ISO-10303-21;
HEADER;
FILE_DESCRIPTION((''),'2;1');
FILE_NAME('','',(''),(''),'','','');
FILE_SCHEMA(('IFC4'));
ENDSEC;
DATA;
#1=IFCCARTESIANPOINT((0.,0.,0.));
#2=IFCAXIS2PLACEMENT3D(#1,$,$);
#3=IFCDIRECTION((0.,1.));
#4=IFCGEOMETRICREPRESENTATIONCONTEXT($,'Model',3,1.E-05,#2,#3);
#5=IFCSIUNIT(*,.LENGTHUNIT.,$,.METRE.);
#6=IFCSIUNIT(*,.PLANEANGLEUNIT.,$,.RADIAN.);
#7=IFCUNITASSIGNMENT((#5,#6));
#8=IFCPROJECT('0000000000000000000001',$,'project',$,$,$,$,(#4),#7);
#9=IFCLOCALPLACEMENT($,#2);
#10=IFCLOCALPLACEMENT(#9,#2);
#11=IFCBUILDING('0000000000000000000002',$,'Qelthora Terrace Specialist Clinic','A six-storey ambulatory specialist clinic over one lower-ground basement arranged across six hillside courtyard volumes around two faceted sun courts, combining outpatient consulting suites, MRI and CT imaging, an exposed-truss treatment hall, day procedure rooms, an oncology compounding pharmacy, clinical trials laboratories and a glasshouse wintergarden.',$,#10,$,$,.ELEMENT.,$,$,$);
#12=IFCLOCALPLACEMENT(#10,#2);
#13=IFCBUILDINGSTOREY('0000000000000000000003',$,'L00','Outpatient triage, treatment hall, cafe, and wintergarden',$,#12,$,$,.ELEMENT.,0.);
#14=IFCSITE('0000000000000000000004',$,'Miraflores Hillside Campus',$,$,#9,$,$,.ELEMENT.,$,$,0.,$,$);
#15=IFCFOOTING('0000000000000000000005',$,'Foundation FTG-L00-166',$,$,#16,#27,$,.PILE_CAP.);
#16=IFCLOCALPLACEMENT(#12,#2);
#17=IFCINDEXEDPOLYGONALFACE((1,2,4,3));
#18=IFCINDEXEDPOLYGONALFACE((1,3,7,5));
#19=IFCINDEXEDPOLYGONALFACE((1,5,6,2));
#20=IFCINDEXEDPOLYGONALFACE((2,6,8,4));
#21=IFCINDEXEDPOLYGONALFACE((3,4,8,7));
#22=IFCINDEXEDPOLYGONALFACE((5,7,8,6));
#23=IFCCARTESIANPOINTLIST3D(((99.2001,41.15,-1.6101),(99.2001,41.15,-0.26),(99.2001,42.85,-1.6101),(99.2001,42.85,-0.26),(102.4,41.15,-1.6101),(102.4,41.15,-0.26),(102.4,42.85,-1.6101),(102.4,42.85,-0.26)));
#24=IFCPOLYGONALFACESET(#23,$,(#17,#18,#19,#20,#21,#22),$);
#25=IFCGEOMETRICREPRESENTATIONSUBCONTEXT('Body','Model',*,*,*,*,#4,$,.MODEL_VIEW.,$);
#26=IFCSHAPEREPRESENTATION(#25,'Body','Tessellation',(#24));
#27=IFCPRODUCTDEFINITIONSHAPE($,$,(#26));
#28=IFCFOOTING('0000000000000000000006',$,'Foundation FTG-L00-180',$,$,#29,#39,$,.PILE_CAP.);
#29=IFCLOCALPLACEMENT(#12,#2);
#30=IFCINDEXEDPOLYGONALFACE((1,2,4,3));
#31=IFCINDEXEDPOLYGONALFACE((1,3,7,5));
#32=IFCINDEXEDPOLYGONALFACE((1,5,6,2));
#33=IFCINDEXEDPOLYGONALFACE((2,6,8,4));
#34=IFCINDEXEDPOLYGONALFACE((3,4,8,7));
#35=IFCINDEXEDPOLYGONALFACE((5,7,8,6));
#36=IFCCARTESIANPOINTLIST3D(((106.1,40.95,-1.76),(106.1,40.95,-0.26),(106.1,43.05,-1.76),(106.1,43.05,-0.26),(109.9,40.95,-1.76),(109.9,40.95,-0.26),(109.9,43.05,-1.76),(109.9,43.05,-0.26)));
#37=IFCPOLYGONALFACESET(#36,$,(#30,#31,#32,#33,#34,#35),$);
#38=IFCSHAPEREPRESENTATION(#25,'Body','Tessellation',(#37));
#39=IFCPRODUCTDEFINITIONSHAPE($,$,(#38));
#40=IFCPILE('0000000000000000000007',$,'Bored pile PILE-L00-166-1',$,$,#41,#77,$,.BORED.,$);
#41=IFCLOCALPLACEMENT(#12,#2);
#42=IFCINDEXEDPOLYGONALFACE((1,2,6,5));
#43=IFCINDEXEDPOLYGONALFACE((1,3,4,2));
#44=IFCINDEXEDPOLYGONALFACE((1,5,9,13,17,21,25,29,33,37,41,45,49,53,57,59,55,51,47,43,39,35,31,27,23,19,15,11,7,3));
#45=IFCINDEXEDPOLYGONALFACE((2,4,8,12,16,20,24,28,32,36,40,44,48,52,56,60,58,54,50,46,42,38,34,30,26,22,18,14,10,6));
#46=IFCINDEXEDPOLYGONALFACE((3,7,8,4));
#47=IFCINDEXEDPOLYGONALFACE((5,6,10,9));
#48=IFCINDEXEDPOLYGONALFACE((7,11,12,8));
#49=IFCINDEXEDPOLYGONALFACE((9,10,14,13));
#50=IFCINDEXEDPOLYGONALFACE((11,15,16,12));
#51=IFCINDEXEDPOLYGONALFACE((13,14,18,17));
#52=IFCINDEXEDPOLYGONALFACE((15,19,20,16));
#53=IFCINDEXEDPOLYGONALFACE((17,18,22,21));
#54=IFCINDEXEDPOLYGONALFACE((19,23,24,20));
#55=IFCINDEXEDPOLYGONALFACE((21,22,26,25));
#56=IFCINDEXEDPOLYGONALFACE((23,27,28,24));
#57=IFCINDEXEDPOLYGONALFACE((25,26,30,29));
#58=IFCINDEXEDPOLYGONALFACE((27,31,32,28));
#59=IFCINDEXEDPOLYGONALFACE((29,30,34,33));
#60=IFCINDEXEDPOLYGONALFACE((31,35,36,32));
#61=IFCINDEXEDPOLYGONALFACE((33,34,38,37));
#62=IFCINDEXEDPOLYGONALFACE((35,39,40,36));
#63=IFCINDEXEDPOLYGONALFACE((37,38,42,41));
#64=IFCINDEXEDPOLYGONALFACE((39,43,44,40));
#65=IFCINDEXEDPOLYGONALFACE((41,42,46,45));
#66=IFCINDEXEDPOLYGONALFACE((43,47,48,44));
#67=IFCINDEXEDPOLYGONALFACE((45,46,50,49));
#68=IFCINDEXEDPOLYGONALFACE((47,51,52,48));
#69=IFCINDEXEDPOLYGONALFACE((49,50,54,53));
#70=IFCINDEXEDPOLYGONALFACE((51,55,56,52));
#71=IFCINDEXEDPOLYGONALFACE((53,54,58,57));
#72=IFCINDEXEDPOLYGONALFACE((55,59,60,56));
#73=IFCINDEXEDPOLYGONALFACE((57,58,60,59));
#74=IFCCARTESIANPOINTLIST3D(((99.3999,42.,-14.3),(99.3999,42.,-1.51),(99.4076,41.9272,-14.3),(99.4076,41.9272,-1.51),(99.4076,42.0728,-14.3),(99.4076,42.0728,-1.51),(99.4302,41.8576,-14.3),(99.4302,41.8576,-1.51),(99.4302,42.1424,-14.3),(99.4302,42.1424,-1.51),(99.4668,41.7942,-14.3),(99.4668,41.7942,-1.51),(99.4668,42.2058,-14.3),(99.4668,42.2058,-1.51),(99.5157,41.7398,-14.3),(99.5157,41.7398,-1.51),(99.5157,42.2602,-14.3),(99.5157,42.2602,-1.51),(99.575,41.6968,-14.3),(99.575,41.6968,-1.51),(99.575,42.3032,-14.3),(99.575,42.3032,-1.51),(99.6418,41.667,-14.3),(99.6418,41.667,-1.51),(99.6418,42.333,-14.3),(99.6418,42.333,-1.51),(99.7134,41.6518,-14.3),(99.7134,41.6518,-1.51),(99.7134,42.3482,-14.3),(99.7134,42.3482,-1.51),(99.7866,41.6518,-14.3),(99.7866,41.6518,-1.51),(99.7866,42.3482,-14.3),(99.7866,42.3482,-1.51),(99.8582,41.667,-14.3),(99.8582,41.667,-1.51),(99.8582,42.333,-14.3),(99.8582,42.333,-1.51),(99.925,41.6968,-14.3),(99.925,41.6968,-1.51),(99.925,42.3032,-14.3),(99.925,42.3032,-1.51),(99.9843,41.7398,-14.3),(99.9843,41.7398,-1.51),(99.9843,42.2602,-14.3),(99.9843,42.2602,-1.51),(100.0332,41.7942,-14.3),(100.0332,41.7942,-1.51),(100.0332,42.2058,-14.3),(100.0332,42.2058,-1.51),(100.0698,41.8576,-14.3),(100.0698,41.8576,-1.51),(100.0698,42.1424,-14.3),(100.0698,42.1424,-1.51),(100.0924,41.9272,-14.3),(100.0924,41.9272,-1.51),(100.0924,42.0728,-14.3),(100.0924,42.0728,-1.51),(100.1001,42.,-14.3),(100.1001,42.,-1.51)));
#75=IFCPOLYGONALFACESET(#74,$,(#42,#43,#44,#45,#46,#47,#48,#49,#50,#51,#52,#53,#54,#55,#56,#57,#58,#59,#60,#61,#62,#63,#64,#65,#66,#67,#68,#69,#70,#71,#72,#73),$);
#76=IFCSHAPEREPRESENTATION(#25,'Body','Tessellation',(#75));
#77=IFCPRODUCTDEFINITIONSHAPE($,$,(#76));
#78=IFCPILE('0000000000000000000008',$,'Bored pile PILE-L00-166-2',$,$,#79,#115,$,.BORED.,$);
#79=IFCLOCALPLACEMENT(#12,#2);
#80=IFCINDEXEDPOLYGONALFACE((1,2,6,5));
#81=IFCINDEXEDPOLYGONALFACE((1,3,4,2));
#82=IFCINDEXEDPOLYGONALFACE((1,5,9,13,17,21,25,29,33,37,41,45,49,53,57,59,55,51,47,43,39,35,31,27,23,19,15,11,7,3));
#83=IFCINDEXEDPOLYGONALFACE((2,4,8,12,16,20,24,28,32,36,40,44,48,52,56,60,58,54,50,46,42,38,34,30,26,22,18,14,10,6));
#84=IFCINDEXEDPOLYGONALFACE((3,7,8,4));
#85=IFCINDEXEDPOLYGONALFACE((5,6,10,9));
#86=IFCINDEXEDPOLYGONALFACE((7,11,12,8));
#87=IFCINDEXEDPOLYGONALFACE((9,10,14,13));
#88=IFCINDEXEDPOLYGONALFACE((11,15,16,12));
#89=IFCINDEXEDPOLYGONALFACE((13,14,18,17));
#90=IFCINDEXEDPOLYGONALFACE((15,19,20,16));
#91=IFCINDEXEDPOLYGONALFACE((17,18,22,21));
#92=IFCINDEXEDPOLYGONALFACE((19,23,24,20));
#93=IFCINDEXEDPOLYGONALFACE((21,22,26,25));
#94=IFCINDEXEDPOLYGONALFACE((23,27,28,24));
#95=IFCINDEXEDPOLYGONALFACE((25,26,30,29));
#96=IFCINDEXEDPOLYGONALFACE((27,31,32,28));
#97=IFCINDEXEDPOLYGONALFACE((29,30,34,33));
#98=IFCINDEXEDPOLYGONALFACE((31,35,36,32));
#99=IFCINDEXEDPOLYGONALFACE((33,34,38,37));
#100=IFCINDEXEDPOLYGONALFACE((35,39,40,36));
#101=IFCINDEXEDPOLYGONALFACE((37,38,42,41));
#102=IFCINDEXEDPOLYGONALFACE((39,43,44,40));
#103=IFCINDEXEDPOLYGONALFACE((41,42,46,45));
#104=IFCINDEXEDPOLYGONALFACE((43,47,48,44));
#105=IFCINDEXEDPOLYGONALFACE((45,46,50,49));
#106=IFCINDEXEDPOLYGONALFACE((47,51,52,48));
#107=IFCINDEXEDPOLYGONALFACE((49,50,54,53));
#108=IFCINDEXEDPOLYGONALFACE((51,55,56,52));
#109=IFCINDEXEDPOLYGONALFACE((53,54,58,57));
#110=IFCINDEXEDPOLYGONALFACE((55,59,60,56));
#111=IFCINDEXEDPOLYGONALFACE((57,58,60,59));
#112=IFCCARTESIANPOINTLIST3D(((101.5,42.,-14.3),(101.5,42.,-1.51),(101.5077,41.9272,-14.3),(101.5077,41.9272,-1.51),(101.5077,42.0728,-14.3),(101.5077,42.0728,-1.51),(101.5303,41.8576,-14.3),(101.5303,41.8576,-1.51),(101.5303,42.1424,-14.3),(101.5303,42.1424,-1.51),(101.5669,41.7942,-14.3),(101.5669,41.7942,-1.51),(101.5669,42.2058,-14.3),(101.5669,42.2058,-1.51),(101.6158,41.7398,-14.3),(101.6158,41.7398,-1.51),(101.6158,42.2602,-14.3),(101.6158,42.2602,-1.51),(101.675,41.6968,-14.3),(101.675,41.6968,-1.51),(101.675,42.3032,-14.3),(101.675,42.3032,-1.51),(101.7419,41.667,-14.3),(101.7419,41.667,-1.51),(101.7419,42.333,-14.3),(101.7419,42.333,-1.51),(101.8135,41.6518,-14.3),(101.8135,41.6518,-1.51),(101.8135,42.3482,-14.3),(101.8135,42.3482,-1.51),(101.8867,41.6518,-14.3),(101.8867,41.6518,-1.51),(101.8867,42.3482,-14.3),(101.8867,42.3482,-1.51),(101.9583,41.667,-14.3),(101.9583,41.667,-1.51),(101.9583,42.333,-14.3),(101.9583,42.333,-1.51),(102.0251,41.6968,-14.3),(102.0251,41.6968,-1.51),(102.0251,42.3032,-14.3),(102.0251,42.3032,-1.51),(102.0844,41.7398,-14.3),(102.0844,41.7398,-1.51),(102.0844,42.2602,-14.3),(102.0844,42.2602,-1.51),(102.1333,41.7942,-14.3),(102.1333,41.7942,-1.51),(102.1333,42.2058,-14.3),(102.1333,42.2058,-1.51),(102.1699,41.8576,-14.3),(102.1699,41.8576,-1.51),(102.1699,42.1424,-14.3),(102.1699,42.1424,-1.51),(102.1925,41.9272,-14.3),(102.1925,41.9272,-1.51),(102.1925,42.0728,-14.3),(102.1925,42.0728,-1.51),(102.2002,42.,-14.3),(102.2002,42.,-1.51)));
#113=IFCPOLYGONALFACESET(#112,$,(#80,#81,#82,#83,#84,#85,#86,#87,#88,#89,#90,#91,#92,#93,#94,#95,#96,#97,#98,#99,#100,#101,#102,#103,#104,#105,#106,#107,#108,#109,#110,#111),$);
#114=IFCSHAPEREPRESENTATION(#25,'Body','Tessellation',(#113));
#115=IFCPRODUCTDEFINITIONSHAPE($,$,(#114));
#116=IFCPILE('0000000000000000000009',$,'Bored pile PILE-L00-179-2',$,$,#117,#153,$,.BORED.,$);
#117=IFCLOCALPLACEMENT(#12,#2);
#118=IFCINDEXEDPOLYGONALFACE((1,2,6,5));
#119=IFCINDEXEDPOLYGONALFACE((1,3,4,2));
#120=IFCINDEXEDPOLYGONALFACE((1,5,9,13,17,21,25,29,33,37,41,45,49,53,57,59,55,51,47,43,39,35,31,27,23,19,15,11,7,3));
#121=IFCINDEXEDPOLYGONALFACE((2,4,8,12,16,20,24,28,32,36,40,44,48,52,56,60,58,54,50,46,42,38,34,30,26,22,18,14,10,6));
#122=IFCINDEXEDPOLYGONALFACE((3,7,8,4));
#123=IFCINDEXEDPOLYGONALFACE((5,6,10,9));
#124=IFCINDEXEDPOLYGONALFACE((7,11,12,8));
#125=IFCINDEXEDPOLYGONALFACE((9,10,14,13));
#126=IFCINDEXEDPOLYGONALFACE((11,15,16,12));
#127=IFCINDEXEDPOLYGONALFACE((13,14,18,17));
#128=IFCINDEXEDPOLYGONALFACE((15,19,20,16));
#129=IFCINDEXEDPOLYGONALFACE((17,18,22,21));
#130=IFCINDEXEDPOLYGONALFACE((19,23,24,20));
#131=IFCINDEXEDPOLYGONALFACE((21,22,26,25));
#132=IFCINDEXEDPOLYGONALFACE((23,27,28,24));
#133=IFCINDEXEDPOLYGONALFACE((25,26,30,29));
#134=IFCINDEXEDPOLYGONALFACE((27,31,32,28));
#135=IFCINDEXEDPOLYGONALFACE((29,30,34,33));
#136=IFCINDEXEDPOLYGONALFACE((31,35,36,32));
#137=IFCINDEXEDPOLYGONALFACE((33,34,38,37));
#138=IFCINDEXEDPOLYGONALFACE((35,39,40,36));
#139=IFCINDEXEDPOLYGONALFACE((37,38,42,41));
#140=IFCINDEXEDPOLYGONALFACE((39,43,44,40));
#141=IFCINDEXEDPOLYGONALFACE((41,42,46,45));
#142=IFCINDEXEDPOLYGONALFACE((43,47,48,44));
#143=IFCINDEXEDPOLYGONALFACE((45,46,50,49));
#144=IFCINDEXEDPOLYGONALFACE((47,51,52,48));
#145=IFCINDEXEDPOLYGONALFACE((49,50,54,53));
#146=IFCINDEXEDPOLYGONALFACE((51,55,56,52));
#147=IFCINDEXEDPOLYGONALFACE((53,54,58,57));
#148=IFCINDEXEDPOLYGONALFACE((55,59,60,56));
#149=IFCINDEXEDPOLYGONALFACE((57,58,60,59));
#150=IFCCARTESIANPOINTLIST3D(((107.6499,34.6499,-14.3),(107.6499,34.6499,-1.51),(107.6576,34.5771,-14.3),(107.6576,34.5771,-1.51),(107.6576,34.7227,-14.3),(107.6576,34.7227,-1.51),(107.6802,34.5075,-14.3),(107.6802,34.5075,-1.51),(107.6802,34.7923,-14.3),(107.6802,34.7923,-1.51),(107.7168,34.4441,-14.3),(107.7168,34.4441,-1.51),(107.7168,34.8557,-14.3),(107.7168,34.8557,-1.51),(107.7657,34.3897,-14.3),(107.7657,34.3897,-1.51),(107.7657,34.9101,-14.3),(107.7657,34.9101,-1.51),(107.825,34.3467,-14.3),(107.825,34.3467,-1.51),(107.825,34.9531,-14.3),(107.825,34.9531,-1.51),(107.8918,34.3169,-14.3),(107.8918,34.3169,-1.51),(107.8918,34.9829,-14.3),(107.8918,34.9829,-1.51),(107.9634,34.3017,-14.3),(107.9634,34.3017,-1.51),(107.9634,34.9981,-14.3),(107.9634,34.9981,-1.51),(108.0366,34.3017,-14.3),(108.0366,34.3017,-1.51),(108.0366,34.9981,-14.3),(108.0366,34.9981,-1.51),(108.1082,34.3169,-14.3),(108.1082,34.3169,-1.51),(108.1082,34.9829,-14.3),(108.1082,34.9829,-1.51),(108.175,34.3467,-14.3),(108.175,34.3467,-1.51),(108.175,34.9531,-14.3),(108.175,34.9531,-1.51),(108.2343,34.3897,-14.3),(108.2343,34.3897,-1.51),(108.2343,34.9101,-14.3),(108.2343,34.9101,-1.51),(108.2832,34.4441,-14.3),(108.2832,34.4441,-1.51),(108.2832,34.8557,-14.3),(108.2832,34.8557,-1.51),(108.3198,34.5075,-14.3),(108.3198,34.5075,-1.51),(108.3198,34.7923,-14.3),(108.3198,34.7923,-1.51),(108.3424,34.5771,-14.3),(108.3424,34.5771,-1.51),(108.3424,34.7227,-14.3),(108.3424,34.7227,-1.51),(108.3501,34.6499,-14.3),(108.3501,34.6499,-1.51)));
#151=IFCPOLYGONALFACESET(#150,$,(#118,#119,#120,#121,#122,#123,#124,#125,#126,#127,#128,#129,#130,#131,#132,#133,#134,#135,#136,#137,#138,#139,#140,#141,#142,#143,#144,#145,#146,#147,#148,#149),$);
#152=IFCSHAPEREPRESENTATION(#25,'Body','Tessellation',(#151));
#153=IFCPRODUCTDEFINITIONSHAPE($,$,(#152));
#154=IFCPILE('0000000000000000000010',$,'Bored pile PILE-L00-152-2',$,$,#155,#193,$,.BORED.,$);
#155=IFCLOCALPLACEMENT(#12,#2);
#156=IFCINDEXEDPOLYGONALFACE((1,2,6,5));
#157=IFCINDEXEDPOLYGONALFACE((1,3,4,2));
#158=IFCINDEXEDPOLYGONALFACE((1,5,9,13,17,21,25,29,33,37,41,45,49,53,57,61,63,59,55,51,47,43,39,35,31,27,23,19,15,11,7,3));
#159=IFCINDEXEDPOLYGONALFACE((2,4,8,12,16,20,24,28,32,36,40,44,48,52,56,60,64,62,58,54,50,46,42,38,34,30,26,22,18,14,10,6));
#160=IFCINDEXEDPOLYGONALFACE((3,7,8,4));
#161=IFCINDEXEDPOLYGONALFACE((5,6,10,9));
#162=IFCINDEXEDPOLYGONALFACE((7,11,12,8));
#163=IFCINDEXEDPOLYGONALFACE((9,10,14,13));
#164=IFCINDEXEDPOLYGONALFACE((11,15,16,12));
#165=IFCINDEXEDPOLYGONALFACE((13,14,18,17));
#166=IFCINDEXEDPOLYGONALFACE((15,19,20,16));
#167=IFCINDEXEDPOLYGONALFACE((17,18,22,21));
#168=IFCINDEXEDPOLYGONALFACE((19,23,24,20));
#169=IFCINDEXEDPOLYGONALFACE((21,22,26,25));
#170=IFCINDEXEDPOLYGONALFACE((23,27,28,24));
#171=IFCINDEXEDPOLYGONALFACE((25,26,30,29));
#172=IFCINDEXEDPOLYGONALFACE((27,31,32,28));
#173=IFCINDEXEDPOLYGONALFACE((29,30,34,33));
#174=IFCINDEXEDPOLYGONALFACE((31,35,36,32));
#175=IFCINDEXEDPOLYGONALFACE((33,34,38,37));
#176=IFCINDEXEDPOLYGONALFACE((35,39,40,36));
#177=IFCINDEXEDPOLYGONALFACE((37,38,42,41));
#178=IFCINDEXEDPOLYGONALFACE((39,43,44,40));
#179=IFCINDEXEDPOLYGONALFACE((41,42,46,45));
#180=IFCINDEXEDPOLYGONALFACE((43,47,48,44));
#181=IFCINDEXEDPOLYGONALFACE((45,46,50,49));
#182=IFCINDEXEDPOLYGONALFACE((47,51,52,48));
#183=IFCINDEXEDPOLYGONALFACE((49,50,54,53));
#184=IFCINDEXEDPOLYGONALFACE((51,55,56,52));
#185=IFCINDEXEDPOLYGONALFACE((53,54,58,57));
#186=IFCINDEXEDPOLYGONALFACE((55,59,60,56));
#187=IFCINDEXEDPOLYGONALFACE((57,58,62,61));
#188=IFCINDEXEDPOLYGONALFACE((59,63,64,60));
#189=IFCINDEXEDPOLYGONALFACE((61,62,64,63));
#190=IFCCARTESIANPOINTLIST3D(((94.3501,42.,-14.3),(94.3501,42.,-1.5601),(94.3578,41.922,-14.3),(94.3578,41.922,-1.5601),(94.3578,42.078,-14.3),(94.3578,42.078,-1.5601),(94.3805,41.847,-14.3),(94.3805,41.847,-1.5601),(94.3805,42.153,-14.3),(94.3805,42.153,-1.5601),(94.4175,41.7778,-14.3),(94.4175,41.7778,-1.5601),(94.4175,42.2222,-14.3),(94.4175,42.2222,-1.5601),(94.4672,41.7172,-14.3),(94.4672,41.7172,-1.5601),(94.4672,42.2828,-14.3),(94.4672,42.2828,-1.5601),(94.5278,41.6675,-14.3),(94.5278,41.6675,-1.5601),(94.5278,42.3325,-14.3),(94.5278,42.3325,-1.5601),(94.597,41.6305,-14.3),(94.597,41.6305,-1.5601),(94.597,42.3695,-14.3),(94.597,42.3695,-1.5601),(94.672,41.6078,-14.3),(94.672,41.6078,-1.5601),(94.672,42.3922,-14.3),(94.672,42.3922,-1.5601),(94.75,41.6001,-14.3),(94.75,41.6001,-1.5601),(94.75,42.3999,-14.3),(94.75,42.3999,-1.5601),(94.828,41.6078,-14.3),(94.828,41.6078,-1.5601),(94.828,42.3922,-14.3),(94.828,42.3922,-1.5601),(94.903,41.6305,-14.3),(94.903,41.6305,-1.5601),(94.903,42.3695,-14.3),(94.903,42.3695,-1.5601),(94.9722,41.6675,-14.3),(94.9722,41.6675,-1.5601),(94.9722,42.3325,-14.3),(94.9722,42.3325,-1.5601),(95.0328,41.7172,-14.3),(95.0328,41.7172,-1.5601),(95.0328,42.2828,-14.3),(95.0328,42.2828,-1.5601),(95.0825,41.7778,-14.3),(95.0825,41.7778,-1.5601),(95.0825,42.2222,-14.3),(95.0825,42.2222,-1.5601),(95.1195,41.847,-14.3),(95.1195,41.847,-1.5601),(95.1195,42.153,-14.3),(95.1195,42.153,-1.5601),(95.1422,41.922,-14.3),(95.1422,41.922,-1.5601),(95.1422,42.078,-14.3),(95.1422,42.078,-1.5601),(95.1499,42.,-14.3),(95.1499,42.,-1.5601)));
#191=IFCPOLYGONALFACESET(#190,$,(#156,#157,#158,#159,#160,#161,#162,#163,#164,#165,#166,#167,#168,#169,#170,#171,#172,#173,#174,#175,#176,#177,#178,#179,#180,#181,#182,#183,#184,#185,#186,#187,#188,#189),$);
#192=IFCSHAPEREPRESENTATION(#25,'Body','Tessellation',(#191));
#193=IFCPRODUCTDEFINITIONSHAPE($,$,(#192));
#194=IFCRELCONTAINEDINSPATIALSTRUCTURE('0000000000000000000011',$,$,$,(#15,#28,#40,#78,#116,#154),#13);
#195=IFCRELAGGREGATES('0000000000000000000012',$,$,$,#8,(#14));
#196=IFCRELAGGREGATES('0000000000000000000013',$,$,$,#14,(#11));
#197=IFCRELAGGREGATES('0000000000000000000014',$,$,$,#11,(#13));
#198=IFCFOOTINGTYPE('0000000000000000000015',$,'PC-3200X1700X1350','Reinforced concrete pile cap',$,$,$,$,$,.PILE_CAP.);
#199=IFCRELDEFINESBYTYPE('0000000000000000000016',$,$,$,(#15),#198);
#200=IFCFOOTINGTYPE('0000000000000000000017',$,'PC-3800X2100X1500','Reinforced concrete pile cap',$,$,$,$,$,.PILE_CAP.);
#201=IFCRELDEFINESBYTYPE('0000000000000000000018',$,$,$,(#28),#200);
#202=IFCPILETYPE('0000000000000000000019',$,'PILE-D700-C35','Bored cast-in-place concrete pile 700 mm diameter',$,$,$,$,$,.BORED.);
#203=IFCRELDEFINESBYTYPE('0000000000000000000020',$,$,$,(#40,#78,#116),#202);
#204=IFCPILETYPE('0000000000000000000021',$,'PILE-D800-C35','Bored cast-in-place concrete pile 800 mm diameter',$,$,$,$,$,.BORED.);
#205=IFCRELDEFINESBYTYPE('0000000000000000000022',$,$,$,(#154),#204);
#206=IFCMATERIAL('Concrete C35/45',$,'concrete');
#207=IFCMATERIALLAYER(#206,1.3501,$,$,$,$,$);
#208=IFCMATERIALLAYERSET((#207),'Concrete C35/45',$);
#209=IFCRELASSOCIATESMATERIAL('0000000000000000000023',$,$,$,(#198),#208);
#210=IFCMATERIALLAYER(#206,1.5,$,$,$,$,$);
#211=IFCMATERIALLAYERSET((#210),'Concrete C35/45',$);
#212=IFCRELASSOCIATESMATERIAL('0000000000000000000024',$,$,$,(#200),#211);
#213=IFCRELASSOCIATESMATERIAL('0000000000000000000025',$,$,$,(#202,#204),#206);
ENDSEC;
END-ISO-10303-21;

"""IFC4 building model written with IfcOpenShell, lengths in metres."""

from ifc_helpers import new_model, si_unit, direction, frame, origin, origin_2d, place, context, subcontext, project, spatial, rectangle, circle, extrude, material, layer, layer_set, material_profile, profile_set, type_object, element, save


model = new_model("IFC4")

# Units and contexts
model_context = context("Model", 3, precision=1e-05, world=origin(), true_north=direction((0.0, 1.0)))
body_context = subcontext(model_context, "Body", "Model", "MODEL_VIEW")
ifc_project = project(units=[si_unit("LENGTHUNIT", "METRE"), si_unit("PLANEANGLEUNIT", "RADIAN")], contexts=[model_context])

# Site, building, storey
site_placement = place(None, origin())
site = spatial("IfcSite", under=ifc_project, at=site_placement, Name="Miraflores Hillside Campus", CompositionType="ELEMENT", RefElevation=0.0)
building_placement = place(site_placement, origin())
building = spatial("IfcBuilding", under=site, at=building_placement, Name="Qelthora Terrace Specialist Clinic", Description="A six-storey ambulatory specialist clinic over one lower-ground basement arranged across six hillside courtyard volumes around two faceted sun courts, combining outpatient consulting suites, MRI and CT imaging, an exposed-truss treatment hall, day procedure rooms, an oncology compounding pharmacy, clinical trials laboratories and a glasshouse wintergarden.", CompositionType="ELEMENT")
storey_placement = place(building_placement, origin())
storey = spatial("IfcBuildingStorey", under=building, at=storey_placement, Name="L00", Description="Outpatient triage, treatment hall, cafe, and wintergarden", CompositionType="ELEMENT", Elevation=0.0)

# Footings
ifc_material_1 = material(Name="Concrete C35/45", Category="concrete")
ifc_layer_1 = layer(ifc_material_1, 1.3501)
ifc_layer_set_1 = layer_set([ifc_layer_1], Name="Concrete C35/45")
footing_type_1 = type_object("IfcFootingType", Name="PC-3200X1700X1350", Description="Reinforced concrete pile cap", PredefinedType="PILE_CAP", material=ifc_layer_set_1)
footing_1_placement = place(storey_placement, frame((100.8, 42.0, -1.6101), z_axis=(0.0, 0.0, 1.0), x_axis=(1.0, 0.0, 0.0)))
element("IfcFooting", 1, at=footing_1_placement, inside=storey, type_object=footing_type_1, Name="Foundation FTG-L00-166", PredefinedType="PILE_CAP", context=body_context, shape_type="SweptSolid", body=[
    extrude(rectangle(XDim=3.2, YDim=1.7, at=origin_2d()), origin(), (0.0, 0.0, 1.0), 1.3501),
])
ifc_layer_2 = layer(ifc_material_1, 1.5)
ifc_layer_set_2 = layer_set([ifc_layer_2], Name="Concrete C35/45")
footing_type_2 = type_object("IfcFootingType", Name="PC-3800X2100X1500", Description="Reinforced concrete pile cap", PredefinedType="PILE_CAP", material=ifc_layer_set_2)
footing_2_placement = place(storey_placement, frame((108.0, 42.0, -1.76), z_axis=(0.0, 0.0, 1.0), x_axis=(1.0, 0.0, 0.0)))
element("IfcFooting", 2, at=footing_2_placement, inside=storey, type_object=footing_type_2, Name="Foundation FTG-L00-180", PredefinedType="PILE_CAP", context=body_context, shape_type="SweptSolid", body=[
    extrude(rectangle(XDim=3.8, YDim=2.1001, at=origin_2d()), origin(), (0.0, 0.0, 1.0), 1.5),
])

# Piles
ifc_material_profile_1 = material_profile(ifc_material_1, circle(Radius=0.3501, at=origin_2d()), Name="PILE700")
ifc_profile_set_1 = profile_set([ifc_material_profile_1], Name="Concrete C35/45")
pile_type_1 = type_object("IfcPileType", Name="PILE-D700-C35", Description="Bored cast-in-place concrete pile 700 mm diameter", PredefinedType="BORED", material=ifc_profile_set_1)
for number, where, z_axis, x_axis, name in (
    (3, (99.75, 42.0, -1.51), (0.0, 0.0, -1.0), (1.0, 0.0, 0.0), "Bored pile PILE-L00-166-1"),
    (4, (101.8501, 42.0, -1.51), (0.0, 0.0, -1.0), (1.0, 0.0, 0.0), "Bored pile PILE-L00-166-2"),
    (5, (108.0, 34.6499, -1.51), (0.0, 0.0, -1.0), (1.0, 0.0, 0.0), "Bored pile PILE-L00-179-2"),
):
    element("IfcPile", number, at=place(storey_placement, frame(where, z_axis=z_axis, x_axis=x_axis)), inside=storey, type_object=pile_type_1, Name=name, PredefinedType="BORED", context=body_context, shape_type="SweptSolid", body=[
        extrude(circle(Radius=0.3501, at=origin_2d()), origin(), (0.0, 0.0, 1.0), 12.79),
    ])
ifc_material_profile_2 = material_profile(ifc_material_1, circle(Radius=0.3999, at=origin_2d()), Name="PILE800")
ifc_profile_set_2 = profile_set([ifc_material_profile_2], Name="Concrete C35/45")
pile_type_2 = type_object("IfcPileType", Name="PILE-D800-C35", Description="Bored cast-in-place concrete pile 800 mm diameter", PredefinedType="BORED", material=ifc_profile_set_2)
for number, where, z_axis, x_axis, name in (
    (6, (94.75, 42.0, -1.5601), (0.0, 0.0, -1.0), (1.0, 0.0, 0.0), "Bored pile PILE-L00-152-2"),
):
    element("IfcPile", number, at=place(storey_placement, frame(where, z_axis=z_axis, x_axis=x_axis)), inside=storey, type_object=pile_type_2, Name=name, PredefinedType="BORED", context=body_context, shape_type="SweptSolid", body=[
        extrude(circle(Radius=0.3999, at=origin_2d()), origin(), (0.0, 0.0, 1.0), 12.74),
    ])

save(model, "model.ifc")
